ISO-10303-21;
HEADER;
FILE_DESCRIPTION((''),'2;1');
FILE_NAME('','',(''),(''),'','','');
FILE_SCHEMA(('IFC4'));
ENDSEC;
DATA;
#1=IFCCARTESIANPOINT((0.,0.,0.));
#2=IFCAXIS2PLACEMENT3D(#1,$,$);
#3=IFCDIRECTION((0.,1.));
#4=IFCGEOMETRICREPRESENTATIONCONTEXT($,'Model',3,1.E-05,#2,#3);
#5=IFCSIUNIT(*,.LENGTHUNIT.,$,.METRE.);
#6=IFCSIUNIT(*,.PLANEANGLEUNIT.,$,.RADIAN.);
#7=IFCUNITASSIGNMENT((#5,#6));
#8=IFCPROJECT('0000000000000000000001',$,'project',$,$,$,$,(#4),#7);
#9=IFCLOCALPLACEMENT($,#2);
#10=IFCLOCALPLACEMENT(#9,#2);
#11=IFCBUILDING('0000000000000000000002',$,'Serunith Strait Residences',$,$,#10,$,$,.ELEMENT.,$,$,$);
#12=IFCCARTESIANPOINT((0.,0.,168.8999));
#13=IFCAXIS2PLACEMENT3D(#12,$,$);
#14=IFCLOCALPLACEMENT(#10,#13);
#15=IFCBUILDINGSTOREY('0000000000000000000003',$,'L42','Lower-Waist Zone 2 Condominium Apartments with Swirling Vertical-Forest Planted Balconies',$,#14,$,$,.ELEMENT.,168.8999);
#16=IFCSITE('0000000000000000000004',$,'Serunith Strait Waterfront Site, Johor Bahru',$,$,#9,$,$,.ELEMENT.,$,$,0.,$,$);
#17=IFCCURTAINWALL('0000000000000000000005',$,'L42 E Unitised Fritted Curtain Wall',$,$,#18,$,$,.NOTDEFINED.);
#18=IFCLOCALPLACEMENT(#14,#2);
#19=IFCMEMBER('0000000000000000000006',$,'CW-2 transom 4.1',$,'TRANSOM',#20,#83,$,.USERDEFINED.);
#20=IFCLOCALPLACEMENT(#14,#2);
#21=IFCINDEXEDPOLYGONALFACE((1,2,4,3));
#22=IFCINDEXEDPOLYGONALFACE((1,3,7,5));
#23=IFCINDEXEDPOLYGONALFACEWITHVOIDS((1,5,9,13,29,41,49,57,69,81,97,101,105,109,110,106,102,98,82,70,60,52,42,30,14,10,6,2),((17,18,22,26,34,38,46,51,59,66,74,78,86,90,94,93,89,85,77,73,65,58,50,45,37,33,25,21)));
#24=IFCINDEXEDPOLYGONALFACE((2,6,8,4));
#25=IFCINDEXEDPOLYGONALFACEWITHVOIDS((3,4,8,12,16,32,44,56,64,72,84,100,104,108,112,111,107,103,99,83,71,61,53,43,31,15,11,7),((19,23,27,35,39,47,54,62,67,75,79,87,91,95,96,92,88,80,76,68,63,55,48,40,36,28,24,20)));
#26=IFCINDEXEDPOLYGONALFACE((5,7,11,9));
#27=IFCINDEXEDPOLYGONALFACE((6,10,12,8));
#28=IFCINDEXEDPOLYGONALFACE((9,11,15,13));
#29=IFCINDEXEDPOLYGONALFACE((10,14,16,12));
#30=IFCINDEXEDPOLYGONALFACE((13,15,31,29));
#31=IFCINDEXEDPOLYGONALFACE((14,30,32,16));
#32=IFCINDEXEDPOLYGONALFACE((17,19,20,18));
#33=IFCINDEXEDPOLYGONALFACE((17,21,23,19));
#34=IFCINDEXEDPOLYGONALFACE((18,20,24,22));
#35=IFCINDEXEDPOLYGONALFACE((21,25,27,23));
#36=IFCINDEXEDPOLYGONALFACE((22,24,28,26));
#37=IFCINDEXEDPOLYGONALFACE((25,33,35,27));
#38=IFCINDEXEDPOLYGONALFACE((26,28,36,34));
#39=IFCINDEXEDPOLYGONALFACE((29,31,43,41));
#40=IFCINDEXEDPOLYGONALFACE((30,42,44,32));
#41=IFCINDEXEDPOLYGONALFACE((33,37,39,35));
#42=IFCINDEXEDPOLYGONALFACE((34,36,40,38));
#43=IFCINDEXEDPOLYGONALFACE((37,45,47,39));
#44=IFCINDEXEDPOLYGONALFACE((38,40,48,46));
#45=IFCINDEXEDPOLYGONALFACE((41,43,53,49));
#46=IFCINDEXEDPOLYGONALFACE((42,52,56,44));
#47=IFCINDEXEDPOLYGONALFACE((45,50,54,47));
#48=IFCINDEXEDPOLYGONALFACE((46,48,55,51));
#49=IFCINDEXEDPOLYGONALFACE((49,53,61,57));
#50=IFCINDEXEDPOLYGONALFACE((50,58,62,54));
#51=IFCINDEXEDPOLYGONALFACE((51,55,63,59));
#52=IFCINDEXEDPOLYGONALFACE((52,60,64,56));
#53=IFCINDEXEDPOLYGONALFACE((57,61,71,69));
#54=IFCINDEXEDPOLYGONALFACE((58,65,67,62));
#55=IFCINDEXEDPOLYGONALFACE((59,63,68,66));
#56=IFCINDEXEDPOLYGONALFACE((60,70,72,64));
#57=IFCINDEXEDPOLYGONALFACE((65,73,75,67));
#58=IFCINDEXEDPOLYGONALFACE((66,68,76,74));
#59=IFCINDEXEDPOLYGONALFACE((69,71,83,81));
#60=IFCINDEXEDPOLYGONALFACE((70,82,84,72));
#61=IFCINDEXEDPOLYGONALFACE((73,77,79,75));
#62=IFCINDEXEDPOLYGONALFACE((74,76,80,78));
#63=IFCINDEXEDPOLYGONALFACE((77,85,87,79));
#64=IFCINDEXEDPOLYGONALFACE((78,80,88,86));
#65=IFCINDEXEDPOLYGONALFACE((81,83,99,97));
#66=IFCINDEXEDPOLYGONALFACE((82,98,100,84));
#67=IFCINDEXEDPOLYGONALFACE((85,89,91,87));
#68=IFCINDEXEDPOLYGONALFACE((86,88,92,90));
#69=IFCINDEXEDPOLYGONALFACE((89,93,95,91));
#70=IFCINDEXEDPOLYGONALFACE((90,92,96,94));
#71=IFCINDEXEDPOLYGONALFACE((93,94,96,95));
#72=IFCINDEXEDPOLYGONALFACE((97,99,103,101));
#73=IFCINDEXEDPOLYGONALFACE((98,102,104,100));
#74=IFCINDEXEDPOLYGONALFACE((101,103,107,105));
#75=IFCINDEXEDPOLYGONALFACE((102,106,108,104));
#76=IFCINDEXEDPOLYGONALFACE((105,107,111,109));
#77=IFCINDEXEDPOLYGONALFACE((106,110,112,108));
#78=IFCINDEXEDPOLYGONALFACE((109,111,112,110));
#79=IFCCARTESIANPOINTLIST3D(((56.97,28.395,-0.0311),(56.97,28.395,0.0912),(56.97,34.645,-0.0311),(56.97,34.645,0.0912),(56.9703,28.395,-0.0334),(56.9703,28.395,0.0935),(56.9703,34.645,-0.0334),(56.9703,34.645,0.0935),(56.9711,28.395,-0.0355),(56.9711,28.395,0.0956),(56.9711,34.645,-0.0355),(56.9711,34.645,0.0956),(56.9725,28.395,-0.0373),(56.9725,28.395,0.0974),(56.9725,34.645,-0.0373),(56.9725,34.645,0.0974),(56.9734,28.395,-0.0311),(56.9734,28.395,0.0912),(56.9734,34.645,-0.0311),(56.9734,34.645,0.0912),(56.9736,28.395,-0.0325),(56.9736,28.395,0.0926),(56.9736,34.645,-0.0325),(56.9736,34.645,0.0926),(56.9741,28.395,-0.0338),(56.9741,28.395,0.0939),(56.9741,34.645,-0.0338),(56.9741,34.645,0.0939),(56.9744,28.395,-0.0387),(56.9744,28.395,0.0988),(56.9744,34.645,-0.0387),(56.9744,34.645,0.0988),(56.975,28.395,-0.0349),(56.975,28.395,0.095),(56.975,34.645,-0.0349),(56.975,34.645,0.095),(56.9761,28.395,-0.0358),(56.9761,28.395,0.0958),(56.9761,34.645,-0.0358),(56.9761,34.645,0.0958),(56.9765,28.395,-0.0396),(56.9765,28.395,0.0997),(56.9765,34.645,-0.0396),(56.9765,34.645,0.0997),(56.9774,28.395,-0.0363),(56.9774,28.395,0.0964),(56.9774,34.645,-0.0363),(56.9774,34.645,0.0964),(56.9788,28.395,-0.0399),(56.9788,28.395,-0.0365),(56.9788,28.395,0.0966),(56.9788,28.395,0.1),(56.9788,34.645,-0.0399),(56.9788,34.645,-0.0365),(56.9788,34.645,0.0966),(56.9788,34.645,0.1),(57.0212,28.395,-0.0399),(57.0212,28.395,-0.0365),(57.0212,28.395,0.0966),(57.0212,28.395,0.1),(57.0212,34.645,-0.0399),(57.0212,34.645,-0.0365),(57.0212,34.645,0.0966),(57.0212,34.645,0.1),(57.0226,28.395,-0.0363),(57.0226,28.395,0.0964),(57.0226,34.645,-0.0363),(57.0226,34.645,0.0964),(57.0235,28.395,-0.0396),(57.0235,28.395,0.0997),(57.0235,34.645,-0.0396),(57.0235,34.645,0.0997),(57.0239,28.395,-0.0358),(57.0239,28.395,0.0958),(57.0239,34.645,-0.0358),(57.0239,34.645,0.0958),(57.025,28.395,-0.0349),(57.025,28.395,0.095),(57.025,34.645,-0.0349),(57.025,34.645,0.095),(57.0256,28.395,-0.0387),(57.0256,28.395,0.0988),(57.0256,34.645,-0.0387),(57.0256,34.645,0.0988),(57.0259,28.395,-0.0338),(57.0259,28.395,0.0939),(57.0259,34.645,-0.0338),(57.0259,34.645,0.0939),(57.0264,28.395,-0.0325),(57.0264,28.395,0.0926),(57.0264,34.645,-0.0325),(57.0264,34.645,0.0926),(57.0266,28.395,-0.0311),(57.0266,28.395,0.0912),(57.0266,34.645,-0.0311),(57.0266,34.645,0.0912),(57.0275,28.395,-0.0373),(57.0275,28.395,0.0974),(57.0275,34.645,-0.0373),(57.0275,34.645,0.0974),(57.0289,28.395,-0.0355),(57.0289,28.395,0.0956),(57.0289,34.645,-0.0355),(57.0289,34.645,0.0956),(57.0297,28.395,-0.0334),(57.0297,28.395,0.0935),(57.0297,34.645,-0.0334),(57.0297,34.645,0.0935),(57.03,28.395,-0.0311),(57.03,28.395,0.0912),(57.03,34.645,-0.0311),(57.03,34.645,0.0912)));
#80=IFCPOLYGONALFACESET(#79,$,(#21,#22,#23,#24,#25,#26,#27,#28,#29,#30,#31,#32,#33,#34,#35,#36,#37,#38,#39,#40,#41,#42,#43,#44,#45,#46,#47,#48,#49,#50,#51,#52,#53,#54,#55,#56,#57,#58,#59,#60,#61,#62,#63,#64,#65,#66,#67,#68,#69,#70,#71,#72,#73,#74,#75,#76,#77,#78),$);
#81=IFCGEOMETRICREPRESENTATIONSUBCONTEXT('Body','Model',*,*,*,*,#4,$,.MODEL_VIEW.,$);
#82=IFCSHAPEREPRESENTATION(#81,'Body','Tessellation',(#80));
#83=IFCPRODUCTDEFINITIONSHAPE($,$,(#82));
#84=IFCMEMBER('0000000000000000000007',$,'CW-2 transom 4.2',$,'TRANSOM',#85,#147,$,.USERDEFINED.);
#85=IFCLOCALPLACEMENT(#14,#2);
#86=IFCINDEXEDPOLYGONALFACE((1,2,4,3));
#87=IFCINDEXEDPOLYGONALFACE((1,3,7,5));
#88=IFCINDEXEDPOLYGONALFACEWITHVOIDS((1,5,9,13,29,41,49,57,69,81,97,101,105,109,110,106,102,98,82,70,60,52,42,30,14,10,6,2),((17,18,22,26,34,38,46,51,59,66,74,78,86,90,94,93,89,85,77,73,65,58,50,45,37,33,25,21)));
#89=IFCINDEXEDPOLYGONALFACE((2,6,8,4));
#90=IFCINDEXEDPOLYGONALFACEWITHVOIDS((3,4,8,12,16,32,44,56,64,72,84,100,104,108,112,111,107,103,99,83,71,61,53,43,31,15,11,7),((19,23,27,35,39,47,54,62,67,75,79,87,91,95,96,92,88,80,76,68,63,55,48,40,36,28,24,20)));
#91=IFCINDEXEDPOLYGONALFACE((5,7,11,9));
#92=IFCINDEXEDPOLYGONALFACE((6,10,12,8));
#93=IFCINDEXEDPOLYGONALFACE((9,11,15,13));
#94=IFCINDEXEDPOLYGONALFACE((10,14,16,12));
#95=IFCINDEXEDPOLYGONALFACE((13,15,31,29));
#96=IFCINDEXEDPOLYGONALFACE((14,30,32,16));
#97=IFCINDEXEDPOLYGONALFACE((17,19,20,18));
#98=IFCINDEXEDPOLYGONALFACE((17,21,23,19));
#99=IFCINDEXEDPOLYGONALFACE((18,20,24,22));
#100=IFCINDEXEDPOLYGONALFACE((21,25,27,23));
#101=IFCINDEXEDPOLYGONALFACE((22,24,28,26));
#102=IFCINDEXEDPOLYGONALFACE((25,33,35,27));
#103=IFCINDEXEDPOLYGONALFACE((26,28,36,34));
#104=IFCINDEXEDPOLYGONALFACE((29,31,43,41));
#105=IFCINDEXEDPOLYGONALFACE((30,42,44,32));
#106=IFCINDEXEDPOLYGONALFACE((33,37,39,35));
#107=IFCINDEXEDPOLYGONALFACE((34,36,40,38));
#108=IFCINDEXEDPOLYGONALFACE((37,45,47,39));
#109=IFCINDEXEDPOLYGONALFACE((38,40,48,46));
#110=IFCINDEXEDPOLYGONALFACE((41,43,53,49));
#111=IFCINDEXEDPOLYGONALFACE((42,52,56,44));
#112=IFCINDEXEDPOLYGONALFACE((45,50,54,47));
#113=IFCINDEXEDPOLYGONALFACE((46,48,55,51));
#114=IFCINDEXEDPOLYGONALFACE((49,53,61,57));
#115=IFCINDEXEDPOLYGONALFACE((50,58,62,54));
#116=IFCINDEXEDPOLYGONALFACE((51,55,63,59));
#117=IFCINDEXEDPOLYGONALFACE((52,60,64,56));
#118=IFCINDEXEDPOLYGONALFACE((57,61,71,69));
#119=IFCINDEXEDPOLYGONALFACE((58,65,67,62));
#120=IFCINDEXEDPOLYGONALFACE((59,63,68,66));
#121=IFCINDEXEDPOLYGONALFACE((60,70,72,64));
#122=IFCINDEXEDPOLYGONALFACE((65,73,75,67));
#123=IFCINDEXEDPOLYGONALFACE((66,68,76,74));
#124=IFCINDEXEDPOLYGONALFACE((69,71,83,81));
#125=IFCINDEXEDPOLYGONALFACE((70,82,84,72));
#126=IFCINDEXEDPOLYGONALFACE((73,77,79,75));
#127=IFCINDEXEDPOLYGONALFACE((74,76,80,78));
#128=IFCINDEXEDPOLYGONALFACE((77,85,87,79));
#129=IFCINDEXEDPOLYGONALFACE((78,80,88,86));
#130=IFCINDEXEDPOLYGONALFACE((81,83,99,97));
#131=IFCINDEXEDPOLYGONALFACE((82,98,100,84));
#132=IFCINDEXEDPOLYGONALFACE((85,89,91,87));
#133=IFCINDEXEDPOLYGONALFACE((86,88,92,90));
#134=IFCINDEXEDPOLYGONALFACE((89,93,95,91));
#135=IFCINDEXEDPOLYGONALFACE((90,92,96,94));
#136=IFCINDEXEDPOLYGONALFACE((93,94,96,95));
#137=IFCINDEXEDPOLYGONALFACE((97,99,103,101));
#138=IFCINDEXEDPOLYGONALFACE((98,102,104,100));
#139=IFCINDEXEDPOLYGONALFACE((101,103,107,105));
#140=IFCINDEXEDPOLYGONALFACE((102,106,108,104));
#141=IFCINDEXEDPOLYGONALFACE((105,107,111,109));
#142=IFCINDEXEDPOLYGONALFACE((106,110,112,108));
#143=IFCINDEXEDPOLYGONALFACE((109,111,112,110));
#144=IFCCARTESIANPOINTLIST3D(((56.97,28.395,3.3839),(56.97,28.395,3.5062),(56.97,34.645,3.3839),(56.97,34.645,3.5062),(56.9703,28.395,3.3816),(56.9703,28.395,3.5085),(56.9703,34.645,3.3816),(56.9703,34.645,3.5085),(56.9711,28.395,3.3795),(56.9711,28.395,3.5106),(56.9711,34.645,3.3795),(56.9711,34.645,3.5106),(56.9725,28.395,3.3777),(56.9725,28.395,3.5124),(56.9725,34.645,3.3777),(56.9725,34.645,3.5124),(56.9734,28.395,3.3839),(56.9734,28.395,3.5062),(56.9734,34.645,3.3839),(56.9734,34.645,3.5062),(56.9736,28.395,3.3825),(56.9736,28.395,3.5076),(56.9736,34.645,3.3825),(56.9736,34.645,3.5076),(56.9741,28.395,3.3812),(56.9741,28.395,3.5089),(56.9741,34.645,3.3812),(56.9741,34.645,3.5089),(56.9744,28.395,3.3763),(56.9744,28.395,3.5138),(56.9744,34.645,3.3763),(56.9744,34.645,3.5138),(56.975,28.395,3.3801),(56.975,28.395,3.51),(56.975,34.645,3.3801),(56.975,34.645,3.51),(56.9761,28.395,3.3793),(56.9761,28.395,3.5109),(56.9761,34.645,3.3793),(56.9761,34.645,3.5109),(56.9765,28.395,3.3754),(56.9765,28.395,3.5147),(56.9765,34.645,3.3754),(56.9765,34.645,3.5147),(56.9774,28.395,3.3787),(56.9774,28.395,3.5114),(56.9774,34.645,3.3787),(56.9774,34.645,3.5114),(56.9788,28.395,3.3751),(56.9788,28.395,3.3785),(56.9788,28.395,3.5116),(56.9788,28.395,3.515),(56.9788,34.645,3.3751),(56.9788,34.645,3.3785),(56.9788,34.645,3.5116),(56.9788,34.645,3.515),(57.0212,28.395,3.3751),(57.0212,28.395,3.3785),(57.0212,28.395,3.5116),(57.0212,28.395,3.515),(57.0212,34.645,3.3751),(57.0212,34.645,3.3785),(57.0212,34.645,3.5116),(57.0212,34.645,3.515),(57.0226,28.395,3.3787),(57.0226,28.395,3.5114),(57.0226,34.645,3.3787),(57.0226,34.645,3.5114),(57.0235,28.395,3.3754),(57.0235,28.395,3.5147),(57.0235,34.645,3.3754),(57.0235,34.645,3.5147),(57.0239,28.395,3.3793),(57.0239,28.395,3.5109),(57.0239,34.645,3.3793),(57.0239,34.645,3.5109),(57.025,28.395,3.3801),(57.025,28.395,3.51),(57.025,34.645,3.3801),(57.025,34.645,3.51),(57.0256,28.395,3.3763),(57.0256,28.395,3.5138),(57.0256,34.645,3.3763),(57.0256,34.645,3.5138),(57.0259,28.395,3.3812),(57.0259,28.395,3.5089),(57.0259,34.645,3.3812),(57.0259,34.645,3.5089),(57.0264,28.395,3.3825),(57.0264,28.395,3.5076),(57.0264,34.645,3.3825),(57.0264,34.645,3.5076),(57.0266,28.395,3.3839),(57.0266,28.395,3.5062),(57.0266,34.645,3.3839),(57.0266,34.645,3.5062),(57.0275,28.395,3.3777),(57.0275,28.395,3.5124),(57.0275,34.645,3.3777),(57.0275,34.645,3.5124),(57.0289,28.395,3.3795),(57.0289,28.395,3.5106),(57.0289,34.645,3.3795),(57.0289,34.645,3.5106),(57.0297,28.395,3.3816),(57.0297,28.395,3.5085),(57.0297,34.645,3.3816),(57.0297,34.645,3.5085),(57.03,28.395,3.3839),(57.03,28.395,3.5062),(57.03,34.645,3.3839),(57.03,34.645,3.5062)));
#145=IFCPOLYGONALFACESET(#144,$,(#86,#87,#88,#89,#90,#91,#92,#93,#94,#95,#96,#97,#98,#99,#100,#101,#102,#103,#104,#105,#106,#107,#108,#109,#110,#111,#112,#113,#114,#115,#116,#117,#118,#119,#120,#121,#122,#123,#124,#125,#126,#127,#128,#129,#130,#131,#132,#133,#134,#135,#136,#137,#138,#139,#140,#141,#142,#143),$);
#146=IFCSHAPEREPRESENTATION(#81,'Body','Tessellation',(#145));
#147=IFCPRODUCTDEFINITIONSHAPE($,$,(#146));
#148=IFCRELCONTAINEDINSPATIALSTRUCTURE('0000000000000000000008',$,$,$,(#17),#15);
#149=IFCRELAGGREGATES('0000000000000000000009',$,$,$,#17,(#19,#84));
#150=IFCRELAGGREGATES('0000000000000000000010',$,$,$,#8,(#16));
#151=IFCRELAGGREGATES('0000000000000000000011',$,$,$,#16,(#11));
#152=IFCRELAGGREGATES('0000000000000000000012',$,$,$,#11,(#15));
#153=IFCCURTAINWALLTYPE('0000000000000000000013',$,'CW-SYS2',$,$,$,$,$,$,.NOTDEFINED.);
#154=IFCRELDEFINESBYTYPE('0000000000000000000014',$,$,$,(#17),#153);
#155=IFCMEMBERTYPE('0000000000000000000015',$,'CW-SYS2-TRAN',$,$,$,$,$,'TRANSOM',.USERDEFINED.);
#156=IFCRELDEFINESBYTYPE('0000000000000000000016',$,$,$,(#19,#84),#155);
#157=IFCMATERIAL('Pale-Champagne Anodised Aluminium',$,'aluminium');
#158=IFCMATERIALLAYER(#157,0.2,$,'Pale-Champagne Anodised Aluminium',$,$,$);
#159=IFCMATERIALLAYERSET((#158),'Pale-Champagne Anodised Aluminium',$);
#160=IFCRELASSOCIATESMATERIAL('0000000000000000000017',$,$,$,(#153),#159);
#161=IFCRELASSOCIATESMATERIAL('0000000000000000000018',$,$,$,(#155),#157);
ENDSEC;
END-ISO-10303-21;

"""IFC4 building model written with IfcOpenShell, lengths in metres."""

from ifc_helpers import new_model, si_unit, direction, frame, origin, origin_2d, place, context, subcontext, project, spatial, hollow_rectangle, extrude, source, transform, mapped, material, layer, layer_set, material_profile, profile_set, type_object, element, aggregate, save


model = new_model("IFC4")

# Units and contexts
model_context = context("Model", 3, precision=1e-05, world=origin(), true_north=direction((0.0, 1.0)))
body_context = subcontext(model_context, "Body", "Model", "MODEL_VIEW")
ifc_project = project(units=[si_unit("LENGTHUNIT", "METRE"), si_unit("PLANEANGLEUNIT", "RADIAN")], contexts=[model_context])

# Site, building, storey
site_placement = place(None, origin())
site = spatial("IfcSite", under=ifc_project, at=site_placement, Name="Serunith Strait Waterfront Site, Johor Bahru", CompositionType="ELEMENT", RefElevation=0.0)
building_placement = place(site_placement, origin())
building = spatial("IfcBuilding", under=site, at=building_placement, Name="Serunith Strait Residences", CompositionType="ELEMENT")
storey_placement = place(building_placement, frame((0.0, 0.0, 168.8999)))
storey = spatial("IfcBuildingStorey", under=building, at=storey_placement, Name="L42", Description="Lower-Waist Zone 2 Condominium Apartments with Swirling Vertical-Forest Planted Balconies", CompositionType="ELEMENT", Elevation=168.8999)

# Curtain wall, members
ifc_material_1 = material(Name="Pale-Champagne Anodised Aluminium", Category="aluminium")
ifc_layer_1 = layer(ifc_material_1, 0.2, Name="Pale-Champagne Anodised Aluminium")
ifc_layer_set_1 = layer_set([ifc_layer_1], Name="Pale-Champagne Anodised Aluminium")
curtain_wall_type = type_object("IfcCurtainWallType", Name="CW-SYS2", PredefinedType="NOTDEFINED", material=ifc_layer_set_1)
curtain_wall_placement = place(storey_placement, origin())
curtain_wall = element("IfcCurtainWall", 1, at=curtain_wall_placement, inside=storey, type_object=curtain_wall_type, Name="L42 E Unitised Fritted Curtain Wall", PredefinedType="NOTDEFINED")
ifc_material_profile_1 = material_profile(ifc_material_1, hollow_rectangle(XDim=0.0601, YDim=0.1399, WallThickness=0.0034, InnerFilletRadius=0.0054, OuterFilletRadius=0.0088, at=origin_2d()), Name="ALU 140x60x3.5")
ifc_profile_set_1 = profile_set([ifc_material_profile_1], Name="Pale-Champagne Anodised Aluminium")
member_type_1 = type_object("IfcMemberType", Name="CW-SYS2-TRAN", ElementType="TRANSOM", PredefinedType="USERDEFINED", material=ifc_profile_set_1)
shared_shape_1 = source(origin(), body_context, "Body", "SweptSolid", [
    extrude(hollow_rectangle(XDim=0.0601, YDim=0.1399, WallThickness=0.0034, InnerFilletRadius=0.0054, OuterFilletRadius=0.0088, at=origin_2d()), origin(), (0.0, 0.0, 1.0), 6.25),
])
member_1_placement = place(storey_placement, frame((57.0, 28.395, 0.03), z_axis=(0.0, 1.0, 0.0), x_axis=(-1.0, 0.0, 0.0)))
member_1 = element("IfcMember", 2, at=member_1_placement, type_object=member_type_1, Name="CW-2 transom 4.1", ObjectType="TRANSOM", PredefinedType="USERDEFINED", context=body_context, shape_type="MappedRepresentation", body=[
    mapped(shared_shape_1, transform((0.0, 0.0, 0.0), scale=1.0)),
])
member_2_placement = place(storey_placement, frame((57.0, 28.395, 3.4451), z_axis=(0.0, 1.0, 0.0), x_axis=(-1.0, 0.0, 0.0)))
member_2 = element("IfcMember", 3, at=member_2_placement, type_object=member_type_1, Name="CW-2 transom 4.2", ObjectType="TRANSOM", PredefinedType="USERDEFINED", context=body_context, shape_type="MappedRepresentation", body=[
    mapped(shared_shape_1, transform((0.0, 0.0, 0.0), scale=1.0)),
])
aggregate(curtain_wall, [member_1, member_2])

save(model, "model.ifc")
